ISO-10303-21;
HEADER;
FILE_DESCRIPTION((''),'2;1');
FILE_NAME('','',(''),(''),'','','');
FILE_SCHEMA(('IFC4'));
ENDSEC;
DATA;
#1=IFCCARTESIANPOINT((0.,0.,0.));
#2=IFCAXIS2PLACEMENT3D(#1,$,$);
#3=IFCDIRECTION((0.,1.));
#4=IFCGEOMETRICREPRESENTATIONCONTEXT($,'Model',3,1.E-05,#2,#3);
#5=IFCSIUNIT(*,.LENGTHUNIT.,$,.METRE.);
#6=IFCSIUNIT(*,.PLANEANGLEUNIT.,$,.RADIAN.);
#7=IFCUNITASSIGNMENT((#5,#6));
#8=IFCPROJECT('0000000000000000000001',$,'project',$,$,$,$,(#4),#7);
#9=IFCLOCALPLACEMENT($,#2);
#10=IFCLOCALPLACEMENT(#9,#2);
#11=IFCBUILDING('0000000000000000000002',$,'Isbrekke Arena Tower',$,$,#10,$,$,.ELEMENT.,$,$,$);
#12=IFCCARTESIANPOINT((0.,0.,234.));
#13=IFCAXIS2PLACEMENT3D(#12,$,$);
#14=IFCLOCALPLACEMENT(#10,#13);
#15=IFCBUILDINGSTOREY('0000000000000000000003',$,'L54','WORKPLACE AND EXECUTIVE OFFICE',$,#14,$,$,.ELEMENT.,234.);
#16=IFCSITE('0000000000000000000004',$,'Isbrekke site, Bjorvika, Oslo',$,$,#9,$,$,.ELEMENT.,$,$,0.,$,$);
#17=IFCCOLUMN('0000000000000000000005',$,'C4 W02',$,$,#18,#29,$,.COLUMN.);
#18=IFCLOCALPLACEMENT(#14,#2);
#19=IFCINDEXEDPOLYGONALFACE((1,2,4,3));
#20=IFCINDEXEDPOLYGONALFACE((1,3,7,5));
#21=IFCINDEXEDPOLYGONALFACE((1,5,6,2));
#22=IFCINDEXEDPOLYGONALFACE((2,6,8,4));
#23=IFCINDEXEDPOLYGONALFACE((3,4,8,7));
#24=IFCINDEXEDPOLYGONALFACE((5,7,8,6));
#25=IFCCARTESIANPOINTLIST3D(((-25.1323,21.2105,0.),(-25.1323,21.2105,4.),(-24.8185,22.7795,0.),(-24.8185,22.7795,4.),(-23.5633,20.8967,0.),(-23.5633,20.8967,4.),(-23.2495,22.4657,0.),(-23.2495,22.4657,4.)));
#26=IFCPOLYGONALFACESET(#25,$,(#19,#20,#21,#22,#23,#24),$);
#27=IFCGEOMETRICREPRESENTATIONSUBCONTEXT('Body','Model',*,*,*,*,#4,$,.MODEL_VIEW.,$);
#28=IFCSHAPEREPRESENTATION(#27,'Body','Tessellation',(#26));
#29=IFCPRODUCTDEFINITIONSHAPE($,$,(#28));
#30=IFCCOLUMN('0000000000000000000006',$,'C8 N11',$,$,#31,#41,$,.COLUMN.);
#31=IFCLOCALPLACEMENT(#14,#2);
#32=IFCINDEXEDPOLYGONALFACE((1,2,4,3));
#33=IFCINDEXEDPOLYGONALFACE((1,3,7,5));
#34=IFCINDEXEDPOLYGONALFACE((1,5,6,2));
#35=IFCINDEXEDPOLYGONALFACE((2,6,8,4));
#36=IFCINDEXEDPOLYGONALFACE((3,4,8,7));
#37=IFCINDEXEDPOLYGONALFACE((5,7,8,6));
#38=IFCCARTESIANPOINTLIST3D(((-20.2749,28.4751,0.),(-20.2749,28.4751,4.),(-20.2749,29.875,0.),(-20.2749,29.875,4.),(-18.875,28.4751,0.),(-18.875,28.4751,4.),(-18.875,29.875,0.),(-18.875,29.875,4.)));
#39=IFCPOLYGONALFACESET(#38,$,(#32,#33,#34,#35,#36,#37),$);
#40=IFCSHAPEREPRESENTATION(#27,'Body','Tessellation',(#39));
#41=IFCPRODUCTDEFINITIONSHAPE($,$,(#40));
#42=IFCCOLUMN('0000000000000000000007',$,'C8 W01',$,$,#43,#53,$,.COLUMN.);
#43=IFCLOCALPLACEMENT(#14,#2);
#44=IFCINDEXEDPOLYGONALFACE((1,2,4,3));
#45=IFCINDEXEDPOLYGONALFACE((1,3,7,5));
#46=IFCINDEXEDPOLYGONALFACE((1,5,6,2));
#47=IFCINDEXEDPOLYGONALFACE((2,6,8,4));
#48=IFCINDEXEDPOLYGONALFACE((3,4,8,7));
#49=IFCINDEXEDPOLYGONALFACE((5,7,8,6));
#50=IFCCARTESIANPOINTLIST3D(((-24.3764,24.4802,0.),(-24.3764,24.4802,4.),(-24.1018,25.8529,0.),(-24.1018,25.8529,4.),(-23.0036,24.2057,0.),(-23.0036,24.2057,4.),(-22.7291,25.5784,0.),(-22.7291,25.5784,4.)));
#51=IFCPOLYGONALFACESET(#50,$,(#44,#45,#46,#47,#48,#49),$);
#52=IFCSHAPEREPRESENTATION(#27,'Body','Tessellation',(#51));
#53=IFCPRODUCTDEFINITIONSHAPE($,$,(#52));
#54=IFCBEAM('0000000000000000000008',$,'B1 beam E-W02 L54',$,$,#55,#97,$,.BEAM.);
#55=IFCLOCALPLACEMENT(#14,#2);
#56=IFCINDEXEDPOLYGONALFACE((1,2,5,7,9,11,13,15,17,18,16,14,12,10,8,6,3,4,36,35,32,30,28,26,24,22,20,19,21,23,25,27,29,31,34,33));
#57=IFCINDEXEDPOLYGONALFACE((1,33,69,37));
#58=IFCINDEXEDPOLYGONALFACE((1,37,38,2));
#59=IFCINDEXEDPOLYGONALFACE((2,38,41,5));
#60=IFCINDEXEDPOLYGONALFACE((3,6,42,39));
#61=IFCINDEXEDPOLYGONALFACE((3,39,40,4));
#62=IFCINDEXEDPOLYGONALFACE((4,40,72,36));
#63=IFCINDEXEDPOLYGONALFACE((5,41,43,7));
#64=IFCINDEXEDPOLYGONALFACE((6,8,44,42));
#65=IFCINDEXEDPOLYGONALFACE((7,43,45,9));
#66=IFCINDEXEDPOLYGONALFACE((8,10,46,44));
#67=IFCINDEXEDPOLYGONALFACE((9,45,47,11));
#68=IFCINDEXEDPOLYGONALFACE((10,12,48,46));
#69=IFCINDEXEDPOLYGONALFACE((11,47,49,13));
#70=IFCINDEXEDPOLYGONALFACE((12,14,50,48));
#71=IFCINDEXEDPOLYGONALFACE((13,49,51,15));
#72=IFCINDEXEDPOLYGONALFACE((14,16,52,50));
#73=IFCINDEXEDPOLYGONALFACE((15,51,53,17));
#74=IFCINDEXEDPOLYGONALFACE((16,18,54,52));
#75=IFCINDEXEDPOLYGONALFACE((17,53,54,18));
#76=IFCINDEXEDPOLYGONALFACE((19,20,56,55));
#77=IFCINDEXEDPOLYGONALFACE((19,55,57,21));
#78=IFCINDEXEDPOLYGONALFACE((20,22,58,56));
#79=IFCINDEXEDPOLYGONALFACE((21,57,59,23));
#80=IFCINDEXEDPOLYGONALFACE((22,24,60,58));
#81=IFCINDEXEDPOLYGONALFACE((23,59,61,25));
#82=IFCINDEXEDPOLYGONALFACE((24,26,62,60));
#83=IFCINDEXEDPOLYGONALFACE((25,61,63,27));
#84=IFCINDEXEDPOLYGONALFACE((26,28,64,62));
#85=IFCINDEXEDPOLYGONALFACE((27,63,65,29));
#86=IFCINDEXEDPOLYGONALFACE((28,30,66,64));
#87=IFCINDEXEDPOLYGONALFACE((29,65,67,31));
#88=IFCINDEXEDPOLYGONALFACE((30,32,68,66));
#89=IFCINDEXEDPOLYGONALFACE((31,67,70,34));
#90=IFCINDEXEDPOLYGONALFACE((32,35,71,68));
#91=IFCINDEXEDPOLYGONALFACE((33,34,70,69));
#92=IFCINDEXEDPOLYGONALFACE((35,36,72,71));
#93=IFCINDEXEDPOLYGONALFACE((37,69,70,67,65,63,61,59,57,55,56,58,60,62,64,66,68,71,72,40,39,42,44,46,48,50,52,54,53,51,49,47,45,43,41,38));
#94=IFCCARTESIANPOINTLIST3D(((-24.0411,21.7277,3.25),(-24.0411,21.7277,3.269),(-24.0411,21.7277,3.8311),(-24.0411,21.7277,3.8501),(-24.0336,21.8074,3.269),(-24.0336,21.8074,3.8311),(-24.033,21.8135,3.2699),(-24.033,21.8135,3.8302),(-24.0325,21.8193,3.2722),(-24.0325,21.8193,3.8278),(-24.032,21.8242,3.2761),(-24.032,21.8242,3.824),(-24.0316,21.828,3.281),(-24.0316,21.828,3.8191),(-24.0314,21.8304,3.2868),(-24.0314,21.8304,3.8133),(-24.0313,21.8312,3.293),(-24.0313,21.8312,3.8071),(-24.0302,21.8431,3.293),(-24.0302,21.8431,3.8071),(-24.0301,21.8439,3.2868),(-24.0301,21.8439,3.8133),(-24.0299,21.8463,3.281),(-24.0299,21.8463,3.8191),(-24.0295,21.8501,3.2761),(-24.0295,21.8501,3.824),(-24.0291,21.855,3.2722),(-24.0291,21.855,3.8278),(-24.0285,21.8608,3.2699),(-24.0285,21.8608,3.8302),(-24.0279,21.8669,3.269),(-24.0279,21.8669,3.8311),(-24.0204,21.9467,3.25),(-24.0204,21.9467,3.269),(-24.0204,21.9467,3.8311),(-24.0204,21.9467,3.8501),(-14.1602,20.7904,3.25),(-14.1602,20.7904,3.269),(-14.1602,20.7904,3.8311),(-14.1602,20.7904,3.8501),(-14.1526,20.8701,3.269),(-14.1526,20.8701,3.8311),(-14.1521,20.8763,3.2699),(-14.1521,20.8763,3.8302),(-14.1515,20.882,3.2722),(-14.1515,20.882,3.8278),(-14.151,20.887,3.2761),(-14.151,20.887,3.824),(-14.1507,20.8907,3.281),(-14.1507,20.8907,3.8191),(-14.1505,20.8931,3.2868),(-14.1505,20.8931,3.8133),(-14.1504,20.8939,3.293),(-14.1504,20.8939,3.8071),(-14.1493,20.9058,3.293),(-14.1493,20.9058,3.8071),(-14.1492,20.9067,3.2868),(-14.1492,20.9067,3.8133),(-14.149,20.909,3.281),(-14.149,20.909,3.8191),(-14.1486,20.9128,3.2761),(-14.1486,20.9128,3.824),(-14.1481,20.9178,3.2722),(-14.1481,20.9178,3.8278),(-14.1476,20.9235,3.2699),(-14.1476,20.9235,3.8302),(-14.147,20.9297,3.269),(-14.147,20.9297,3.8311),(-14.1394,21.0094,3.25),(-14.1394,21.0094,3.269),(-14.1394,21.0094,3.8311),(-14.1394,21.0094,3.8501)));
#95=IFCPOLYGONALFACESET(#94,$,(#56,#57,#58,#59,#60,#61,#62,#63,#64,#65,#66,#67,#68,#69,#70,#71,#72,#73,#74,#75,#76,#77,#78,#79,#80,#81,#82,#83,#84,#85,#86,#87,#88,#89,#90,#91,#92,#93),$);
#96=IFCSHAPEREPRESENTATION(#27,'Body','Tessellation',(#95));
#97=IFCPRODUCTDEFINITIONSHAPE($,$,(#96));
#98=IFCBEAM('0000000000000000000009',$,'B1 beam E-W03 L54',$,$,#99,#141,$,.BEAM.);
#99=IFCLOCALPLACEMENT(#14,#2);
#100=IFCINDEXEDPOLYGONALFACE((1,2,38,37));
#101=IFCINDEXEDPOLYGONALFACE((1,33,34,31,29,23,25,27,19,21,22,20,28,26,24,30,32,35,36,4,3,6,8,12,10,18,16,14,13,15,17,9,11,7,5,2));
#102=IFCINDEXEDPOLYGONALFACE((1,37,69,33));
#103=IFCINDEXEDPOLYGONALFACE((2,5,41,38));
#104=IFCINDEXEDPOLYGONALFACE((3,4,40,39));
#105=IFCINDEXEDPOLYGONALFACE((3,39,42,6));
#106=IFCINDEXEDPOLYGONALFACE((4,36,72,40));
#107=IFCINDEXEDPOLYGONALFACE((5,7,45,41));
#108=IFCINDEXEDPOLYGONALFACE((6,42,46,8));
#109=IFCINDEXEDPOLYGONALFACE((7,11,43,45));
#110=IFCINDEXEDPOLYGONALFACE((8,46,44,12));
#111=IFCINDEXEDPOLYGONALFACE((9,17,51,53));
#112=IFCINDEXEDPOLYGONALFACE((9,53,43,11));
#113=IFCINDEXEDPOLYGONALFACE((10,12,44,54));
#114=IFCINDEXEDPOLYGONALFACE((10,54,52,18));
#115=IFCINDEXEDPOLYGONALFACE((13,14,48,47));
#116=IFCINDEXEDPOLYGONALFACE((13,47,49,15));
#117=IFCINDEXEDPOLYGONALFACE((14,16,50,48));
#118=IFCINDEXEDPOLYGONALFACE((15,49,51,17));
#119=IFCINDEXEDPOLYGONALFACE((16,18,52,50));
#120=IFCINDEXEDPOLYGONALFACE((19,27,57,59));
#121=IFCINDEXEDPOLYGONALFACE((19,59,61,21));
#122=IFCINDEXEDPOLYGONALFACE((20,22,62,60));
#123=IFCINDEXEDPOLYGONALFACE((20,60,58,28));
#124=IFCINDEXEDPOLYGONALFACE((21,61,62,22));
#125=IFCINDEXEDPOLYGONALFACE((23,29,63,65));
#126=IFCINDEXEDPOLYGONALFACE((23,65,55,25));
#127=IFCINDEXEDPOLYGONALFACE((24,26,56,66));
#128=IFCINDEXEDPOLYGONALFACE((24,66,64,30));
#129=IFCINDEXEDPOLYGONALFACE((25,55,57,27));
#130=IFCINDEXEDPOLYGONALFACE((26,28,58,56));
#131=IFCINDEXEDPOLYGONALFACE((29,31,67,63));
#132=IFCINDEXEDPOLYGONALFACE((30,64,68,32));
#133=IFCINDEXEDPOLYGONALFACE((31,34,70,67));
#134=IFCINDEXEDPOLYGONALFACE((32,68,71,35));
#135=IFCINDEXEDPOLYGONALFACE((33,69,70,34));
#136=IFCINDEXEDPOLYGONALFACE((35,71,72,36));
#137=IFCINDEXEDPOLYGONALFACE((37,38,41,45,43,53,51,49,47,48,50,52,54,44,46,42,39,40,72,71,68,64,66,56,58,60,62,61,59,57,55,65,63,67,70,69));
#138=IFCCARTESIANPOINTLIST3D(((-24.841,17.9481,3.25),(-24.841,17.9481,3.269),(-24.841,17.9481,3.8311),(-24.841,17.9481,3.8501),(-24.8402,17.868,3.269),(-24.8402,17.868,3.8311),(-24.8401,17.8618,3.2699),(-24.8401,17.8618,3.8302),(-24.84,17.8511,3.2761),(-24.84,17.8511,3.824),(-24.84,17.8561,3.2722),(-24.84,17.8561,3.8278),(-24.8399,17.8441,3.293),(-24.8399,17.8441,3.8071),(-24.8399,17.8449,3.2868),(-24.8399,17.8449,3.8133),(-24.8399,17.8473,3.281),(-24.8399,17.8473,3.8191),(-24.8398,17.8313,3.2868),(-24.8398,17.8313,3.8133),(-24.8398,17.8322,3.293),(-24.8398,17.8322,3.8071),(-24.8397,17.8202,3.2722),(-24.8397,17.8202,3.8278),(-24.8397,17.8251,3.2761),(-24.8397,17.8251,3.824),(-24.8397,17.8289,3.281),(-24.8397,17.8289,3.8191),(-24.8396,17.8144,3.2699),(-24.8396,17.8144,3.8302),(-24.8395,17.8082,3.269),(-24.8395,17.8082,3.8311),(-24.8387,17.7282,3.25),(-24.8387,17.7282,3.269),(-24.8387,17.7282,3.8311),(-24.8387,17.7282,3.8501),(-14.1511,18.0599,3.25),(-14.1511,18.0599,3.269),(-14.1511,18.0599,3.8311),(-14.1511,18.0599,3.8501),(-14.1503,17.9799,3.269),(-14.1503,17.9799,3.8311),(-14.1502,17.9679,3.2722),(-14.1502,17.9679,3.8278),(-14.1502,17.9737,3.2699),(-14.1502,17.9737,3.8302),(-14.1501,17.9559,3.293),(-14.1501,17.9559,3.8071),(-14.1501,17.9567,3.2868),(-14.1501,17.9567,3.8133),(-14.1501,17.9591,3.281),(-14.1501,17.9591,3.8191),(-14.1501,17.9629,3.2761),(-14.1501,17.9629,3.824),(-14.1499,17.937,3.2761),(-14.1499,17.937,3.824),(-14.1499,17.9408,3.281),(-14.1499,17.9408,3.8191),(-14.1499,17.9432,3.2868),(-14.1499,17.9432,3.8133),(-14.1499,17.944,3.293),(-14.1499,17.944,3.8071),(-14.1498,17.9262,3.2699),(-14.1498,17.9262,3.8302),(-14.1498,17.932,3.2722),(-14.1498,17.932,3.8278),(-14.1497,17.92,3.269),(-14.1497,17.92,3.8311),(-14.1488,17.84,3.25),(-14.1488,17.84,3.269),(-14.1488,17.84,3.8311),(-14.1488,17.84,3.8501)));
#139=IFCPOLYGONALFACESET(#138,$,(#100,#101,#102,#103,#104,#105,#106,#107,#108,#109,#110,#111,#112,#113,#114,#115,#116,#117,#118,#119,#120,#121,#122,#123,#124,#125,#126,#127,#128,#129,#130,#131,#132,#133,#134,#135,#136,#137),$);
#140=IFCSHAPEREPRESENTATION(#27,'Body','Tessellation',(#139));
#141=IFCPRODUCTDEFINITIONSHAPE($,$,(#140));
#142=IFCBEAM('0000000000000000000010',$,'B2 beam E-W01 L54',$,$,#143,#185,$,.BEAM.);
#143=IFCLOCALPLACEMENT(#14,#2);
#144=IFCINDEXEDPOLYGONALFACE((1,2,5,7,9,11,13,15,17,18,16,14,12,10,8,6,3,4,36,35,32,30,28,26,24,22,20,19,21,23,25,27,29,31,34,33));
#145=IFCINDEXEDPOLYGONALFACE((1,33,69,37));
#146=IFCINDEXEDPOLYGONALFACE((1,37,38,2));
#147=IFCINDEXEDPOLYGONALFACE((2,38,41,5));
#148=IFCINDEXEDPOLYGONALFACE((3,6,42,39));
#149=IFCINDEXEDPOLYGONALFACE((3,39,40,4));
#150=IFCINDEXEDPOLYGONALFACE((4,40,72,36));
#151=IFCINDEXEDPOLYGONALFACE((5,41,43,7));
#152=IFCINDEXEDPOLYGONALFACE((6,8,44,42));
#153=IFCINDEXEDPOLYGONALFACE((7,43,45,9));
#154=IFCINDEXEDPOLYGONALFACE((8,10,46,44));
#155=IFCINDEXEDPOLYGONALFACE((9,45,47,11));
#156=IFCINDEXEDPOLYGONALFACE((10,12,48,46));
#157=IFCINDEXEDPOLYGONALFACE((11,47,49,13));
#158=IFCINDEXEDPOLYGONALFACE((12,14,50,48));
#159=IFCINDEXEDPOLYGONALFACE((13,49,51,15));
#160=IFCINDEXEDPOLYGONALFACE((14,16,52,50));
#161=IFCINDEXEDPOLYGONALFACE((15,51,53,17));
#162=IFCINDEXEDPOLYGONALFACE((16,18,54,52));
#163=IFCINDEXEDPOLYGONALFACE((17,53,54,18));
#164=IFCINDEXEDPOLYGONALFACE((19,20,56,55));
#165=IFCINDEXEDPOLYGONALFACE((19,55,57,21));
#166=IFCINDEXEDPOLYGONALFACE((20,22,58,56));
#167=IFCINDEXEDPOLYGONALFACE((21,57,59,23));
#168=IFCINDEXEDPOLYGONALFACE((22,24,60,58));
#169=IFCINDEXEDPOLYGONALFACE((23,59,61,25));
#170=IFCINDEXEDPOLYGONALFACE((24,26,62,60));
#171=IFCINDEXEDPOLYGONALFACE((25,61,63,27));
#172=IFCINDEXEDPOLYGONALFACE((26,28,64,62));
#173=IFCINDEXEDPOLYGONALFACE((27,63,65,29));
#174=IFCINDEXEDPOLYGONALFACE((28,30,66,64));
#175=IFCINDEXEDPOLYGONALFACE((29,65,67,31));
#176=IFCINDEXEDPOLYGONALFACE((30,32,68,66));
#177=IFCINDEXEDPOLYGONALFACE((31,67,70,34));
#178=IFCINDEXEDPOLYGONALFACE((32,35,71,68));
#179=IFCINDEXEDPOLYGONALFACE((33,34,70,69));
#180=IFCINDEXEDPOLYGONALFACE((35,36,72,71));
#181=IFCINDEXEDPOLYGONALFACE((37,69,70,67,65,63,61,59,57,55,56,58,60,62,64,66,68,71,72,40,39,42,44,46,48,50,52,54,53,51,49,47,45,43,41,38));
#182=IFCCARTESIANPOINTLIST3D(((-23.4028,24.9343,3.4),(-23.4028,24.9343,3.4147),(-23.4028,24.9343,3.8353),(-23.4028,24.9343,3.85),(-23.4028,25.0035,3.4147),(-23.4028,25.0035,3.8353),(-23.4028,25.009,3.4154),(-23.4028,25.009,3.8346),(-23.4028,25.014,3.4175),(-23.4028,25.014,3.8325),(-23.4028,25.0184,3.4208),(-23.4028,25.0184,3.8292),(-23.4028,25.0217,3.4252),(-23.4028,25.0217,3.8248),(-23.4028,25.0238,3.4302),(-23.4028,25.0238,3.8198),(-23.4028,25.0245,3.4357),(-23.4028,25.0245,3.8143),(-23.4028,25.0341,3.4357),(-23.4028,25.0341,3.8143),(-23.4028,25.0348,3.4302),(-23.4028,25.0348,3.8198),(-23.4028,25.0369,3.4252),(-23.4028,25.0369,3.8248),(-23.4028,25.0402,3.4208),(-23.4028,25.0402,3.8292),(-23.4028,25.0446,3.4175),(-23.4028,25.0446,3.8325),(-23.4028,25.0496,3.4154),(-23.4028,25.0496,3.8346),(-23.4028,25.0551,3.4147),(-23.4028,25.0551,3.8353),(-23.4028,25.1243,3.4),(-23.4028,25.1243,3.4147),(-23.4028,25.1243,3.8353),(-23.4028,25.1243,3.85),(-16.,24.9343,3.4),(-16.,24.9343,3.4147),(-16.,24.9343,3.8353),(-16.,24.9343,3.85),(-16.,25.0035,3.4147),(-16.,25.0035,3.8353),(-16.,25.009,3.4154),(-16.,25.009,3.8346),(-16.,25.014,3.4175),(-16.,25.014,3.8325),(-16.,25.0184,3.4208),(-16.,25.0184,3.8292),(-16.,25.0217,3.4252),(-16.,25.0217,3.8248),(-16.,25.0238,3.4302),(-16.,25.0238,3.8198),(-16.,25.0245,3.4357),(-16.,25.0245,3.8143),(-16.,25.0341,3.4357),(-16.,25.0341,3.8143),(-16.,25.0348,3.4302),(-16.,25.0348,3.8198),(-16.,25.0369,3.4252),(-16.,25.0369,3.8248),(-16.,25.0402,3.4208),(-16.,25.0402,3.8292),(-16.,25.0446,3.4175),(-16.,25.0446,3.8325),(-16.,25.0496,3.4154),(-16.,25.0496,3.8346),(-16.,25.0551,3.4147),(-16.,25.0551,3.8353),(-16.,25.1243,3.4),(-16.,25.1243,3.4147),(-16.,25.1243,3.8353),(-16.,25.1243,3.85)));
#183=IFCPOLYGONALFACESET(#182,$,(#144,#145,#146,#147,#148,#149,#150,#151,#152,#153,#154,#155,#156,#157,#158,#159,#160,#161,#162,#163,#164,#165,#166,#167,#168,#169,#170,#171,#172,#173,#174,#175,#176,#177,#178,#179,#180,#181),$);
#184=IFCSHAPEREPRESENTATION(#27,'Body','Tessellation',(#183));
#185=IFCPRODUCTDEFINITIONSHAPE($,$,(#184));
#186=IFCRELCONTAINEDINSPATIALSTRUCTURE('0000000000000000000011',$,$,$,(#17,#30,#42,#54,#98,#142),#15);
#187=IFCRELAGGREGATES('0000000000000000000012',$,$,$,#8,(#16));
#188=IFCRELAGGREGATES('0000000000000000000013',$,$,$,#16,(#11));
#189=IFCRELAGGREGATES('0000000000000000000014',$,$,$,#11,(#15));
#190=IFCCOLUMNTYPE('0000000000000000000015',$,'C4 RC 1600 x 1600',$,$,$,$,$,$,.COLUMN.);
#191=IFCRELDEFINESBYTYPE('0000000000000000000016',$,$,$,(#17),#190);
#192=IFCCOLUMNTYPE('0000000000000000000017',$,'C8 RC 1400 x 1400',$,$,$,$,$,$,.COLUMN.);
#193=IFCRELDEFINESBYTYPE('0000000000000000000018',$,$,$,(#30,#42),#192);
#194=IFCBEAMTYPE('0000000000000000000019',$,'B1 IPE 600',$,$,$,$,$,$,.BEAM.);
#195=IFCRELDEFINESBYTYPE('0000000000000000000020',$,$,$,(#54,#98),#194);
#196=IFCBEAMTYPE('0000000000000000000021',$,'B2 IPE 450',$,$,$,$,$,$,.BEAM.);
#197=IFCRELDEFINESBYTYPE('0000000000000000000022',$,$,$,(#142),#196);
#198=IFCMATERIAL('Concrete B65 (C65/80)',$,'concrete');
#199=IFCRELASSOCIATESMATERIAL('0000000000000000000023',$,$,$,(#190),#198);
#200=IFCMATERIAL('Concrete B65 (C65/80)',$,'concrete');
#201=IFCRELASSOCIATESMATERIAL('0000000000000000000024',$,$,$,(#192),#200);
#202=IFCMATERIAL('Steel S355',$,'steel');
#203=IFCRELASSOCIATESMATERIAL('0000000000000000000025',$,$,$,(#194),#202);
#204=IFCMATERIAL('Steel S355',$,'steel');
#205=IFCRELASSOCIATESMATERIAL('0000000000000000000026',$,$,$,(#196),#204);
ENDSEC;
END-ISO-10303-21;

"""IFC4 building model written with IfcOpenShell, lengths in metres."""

from ifc_helpers import new_model, si_unit, direction, frame, origin, origin_2d, place, context, subcontext, project, spatial, rectangle, i_section, extrude, material, material_profile, profile_set, type_object, element, save


model = new_model("IFC4")

# Units and contexts
model_context = context("Model", 3, precision=1e-05, world=origin(), true_north=direction((0.0, 1.0)))
body_context = subcontext(model_context, "Body", "Model", "MODEL_VIEW")
ifc_project = project(units=[si_unit("LENGTHUNIT", "METRE"), si_unit("PLANEANGLEUNIT", "RADIAN")], contexts=[model_context])

# Site, building, storey
site_placement = place(None, origin())
site = spatial("IfcSite", under=ifc_project, at=site_placement, Name="Isbrekke site, Bjorvika, Oslo", CompositionType="ELEMENT", RefElevation=0.0)
building_placement = place(site_placement, origin())
building = spatial("IfcBuilding", under=site, at=building_placement, Name="Isbrekke Arena Tower", CompositionType="ELEMENT")
storey_placement = place(building_placement, frame((0.0, 0.0, 234.0)))
storey = spatial("IfcBuildingStorey", under=building, at=storey_placement, Name="L54", Description="WORKPLACE AND EXECUTIVE OFFICE", CompositionType="ELEMENT", Elevation=234.0)

# Columns
ifc_material_1 = material(Name="Concrete B65 (C65/80)", Category="concrete")
ifc_material_profile_1 = material_profile(ifc_material_1, rectangle(XDim=1.6001, YDim=1.6001, at=origin_2d()), Name="RC 1600x1600")
ifc_profile_set_1 = profile_set([ifc_material_profile_1], Name="Concrete B65 (C65/80)")
column_type_1 = type_object("IfcColumnType", Name="C4 RC 1600 x 1600", PredefinedType="COLUMN", material=ifc_profile_set_1)
column_placement = place(storey_placement, frame((-24.1909, 21.8381, 0.0), z_axis=(0.0, 0.0, 1.0), x_axis=(-0.196116, -0.980581, 0.0)))
element("IfcColumn", 1, at=column_placement, inside=storey, type_object=column_type_1, Name="C4 W02", PredefinedType="COLUMN", context=body_context, shape_type="SweptSolid", body=[
    extrude(rectangle(XDim=1.6001, YDim=1.6001, at=origin_2d()), origin(), (0.0, 0.0, 1.0), 4.0),
])
ifc_material_2 = material(Name="Concrete B65 (C65/80)", Category="concrete")
ifc_material_profile_2 = material_profile(ifc_material_2, rectangle(XDim=1.3999, YDim=1.3999, at=origin_2d()), Name="RC 1400x1400")
ifc_profile_set_2 = profile_set([ifc_material_profile_2], Name="Concrete B65 (C65/80)")
column_type_2 = type_object("IfcColumnType", Name="C8 RC 1400 x 1400", PredefinedType="COLUMN", material=ifc_profile_set_2)
for number, where, z_axis, x_axis, name in (
    (2, (-19.575, 29.175, 0.0), (0.0, 0.0, 1.0), (-1.0, 0.0, 0.0), "C8 N11"),
    (3, (-23.5527, 25.0293, 0.0), (0.0, 0.0, 1.0), (-0.196116, -0.980581, 0.0), "C8 W01"),
):
    element("IfcColumn", number, at=place(storey_placement, frame(where, z_axis=z_axis, x_axis=x_axis)), inside=storey, type_object=column_type_2, Name=name, PredefinedType="COLUMN", context=body_context, shape_type="SweptSolid", body=[
        extrude(rectangle(XDim=1.3999, YDim=1.3999, at=origin_2d()), origin(), (0.0, 0.0, 1.0), 4.0),
    ])

# Beams
ifc_material_3 = material(Name="Steel S355", Category="steel")
ifc_material_profile_3 = material_profile(ifc_material_3, i_section(OverallWidth=0.22, OverallDepth=0.6001, WebThickness=0.012, FlangeThickness=0.019, FilletRadius=0.0239, at=origin_2d()), Name="IPE 600")
ifc_profile_set_3 = profile_set([ifc_material_profile_3], Name="Steel S355")
beam_type_1 = type_object("IfcBeamType", Name="B1 IPE 600", PredefinedType="BEAM", material=ifc_profile_set_3)
beam_1_placement = place(storey_placement, frame((-24.0308, 21.8372, 3.55), z_axis=(0.995531, -0.094432, 0.0), x_axis=(0.094432, 0.995531, 0.0)))
element("IfcBeam", 4, at=beam_1_placement, inside=storey, type_object=beam_type_1, Name="B1 beam E-W02 L54", PredefinedType="BEAM", context=body_context, shape_type="SweptSolid", body=[
    extrude(i_section(OverallWidth=0.22, OverallDepth=0.6001, WebThickness=0.012, FlangeThickness=0.019, FilletRadius=0.0239, at=origin_2d()), origin(), (0.0, 0.0, 1.0), 9.9253),
])
beam_2_placement = place(storey_placement, frame((-24.8398, 17.8381, 3.55), z_axis=(0.999945, 0.010459, 0.0), x_axis=(-0.010459, 0.999945, 0.0)))
element("IfcBeam", 5, at=beam_2_placement, inside=storey, type_object=beam_type_1, Name="B1 beam E-W03 L54", PredefinedType="BEAM", context=body_context, shape_type="SweptSolid", body=[
    extrude(i_section(OverallWidth=0.22, OverallDepth=0.6001, WebThickness=0.012, FlangeThickness=0.019, FilletRadius=0.0239, at=origin_2d()), origin(), (0.0, 0.0, 1.0), 10.6904),
])
ifc_material_4 = material(Name="Steel S355", Category="steel")
ifc_material_profile_4 = material_profile(ifc_material_4, i_section(OverallWidth=0.1899, OverallDepth=0.45, WebThickness=0.0095, FlangeThickness=0.0146, FilletRadius=0.021, at=origin_2d()), Name="IPE 450")
ifc_profile_set_4 = profile_set([ifc_material_profile_4], Name="Steel S355")
beam_type_2 = type_object("IfcBeamType", Name="B2 IPE 450", PredefinedType="BEAM", material=ifc_profile_set_4)
beam_3_placement = place(storey_placement, frame((-23.4028, 25.0293, 3.625), z_axis=(1.0, 0.0, 0.0), x_axis=(0.0, 1.0, 0.0)))
element("IfcBeam", 6, at=beam_3_placement, inside=storey, type_object=beam_type_2, Name="B2 beam E-W01 L54", PredefinedType="BEAM", context=body_context, shape_type="SweptSolid", body=[
    extrude(i_section(OverallWidth=0.1899, OverallDepth=0.45, WebThickness=0.0095, FlangeThickness=0.0146, FilletRadius=0.021, at=origin_2d()), origin(), (0.0, 0.0, 1.0), 7.4028),
])

save(model, "model.ifc")
